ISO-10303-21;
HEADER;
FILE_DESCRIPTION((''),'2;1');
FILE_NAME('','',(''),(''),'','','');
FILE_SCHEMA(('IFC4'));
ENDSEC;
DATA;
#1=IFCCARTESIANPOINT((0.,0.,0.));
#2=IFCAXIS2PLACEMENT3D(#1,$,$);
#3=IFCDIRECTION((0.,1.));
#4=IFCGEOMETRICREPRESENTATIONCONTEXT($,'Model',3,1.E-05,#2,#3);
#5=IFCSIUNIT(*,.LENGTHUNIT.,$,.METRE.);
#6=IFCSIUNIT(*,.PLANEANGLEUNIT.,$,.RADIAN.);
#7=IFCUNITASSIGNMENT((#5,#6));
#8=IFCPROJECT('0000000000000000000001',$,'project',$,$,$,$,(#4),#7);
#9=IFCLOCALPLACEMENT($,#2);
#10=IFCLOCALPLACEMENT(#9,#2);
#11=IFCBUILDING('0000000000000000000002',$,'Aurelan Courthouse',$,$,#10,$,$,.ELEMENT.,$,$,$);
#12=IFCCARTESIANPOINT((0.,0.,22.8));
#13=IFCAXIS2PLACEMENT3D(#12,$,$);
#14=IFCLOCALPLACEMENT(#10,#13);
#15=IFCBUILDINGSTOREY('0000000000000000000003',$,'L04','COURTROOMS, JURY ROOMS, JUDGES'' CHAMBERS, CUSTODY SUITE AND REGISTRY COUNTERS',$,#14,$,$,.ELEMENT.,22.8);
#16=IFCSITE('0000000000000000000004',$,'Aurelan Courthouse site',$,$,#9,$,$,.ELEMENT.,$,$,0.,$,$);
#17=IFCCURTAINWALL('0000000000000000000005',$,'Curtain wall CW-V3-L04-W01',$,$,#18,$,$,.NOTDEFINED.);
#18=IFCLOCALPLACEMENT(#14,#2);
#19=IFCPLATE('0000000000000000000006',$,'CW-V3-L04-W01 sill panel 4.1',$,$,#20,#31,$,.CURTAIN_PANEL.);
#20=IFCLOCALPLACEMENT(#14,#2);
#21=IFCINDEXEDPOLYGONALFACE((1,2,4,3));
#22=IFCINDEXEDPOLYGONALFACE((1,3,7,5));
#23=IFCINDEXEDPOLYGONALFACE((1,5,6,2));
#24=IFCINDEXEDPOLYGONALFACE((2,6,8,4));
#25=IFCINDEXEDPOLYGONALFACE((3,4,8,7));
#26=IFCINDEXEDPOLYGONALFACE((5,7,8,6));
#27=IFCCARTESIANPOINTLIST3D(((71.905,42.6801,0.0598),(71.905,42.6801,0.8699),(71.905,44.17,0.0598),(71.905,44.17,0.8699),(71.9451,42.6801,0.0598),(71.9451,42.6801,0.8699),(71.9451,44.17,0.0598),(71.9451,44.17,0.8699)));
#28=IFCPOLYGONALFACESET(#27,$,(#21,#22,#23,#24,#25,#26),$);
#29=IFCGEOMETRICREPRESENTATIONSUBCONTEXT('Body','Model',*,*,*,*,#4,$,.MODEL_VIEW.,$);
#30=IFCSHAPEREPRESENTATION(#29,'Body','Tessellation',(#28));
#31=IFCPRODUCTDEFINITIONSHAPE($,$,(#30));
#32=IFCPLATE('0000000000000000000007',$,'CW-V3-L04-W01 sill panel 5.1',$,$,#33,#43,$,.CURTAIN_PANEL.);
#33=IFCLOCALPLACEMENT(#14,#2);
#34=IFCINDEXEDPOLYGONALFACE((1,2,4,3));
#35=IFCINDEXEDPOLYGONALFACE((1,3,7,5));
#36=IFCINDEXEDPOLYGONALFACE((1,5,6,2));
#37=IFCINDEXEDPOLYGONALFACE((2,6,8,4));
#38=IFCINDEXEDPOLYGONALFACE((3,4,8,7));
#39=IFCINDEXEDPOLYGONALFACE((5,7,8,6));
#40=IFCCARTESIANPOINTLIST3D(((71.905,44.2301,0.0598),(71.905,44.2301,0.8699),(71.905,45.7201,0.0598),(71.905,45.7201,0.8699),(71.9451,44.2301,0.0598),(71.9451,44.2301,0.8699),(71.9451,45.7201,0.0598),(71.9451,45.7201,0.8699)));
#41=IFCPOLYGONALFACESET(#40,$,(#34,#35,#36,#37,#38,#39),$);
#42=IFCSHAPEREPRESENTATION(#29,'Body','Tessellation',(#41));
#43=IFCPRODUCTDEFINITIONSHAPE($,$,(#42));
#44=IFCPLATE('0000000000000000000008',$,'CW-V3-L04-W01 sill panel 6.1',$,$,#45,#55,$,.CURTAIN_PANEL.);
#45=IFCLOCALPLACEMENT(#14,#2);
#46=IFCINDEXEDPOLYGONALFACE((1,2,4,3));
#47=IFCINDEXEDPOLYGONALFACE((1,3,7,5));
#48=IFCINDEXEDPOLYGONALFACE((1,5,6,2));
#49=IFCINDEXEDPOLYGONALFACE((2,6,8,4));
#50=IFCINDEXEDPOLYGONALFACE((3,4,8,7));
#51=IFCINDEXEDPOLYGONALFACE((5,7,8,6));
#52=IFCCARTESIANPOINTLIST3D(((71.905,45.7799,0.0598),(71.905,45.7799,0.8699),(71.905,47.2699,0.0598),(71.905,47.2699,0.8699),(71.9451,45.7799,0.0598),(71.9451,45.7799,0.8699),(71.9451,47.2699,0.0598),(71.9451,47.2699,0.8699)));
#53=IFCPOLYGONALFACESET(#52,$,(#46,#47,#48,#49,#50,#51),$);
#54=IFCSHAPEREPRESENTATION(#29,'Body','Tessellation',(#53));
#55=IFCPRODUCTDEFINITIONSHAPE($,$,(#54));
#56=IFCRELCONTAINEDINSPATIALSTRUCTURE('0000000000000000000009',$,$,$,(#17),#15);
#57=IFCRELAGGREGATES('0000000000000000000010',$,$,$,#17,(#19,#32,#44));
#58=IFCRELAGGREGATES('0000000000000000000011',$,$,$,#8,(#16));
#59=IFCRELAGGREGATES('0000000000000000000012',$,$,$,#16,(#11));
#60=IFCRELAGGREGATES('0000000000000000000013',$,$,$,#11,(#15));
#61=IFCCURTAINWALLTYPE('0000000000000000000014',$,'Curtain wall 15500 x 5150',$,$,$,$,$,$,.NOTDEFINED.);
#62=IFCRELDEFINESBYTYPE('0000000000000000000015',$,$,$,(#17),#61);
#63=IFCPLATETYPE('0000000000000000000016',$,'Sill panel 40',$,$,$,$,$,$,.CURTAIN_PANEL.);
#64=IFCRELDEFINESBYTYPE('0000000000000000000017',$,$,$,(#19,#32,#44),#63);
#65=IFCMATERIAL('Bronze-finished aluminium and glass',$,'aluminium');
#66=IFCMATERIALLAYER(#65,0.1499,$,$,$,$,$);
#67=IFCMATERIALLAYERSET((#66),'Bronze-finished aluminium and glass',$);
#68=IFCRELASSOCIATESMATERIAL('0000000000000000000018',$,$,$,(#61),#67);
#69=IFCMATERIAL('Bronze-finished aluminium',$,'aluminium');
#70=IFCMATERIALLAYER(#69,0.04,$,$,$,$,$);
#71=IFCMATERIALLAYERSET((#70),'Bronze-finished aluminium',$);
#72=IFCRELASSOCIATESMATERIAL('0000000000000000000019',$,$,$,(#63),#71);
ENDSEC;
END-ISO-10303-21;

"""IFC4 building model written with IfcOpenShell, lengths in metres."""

from ifc_helpers import new_model, si_unit, direction, frame, origin, origin_2d, place, context, subcontext, project, spatial, rectangle, extrude, material, layer, layer_set, type_object, element, aggregate, save


model = new_model("IFC4")

# Units and contexts
model_context = context("Model", 3, precision=1e-05, world=origin(), true_north=direction((0.0, 1.0)))
body_context = subcontext(model_context, "Body", "Model", "MODEL_VIEW")
ifc_project = project(units=[si_unit("LENGTHUNIT", "METRE"), si_unit("PLANEANGLEUNIT", "RADIAN")], contexts=[model_context])

# Site, building, storey
site_placement = place(None, origin())
site = spatial("IfcSite", under=ifc_project, at=site_placement, Name="Aurelan Courthouse site", CompositionType="ELEMENT", RefElevation=0.0)
building_placement = place(site_placement, origin())
building = spatial("IfcBuilding", under=site, at=building_placement, Name="Aurelan Courthouse", CompositionType="ELEMENT")
storey_placement = place(building_placement, frame((0.0, 0.0, 22.8)))
storey = spatial("IfcBuildingStorey", under=building, at=storey_placement, Name="L04", Description="COURTROOMS, JURY ROOMS, JUDGES' CHAMBERS, CUSTODY SUITE AND REGISTRY COUNTERS", CompositionType="ELEMENT", Elevation=22.8)

# Curtain wall, plates
ifc_material_1 = material(Name="Bronze-finished aluminium and glass", Category="aluminium")
ifc_layer_1 = layer(ifc_material_1, 0.1499)
ifc_layer_set_1 = layer_set([ifc_layer_1], Name="Bronze-finished aluminium and glass")
curtain_wall_type = type_object("IfcCurtainWallType", Name="Curtain wall 15500 x 5150", PredefinedType="NOTDEFINED", material=ifc_layer_set_1)
curtain_wall_placement = place(storey_placement, origin())
curtain_wall = element("IfcCurtainWall", 1, at=curtain_wall_placement, inside=storey, type_object=curtain_wall_type, Name="Curtain wall CW-V3-L04-W01", PredefinedType="NOTDEFINED")
ifc_material_2 = material(Name="Bronze-finished aluminium", Category="aluminium")
ifc_layer_2 = layer(ifc_material_2, 0.04)
ifc_layer_set_2 = layer_set([ifc_layer_2], Name="Bronze-finished aluminium")
plate_type = type_object("IfcPlateType", Name="Sill panel 40", PredefinedType="CURTAIN_PANEL", material=ifc_layer_set_2)
plate_1_placement = place(storey_placement, frame((71.925, 43.425, 0.0598), z_axis=(0.0, 0.0, 1.0), x_axis=(0.0, 1.0, 0.0)))
plate_1 = element("IfcPlate", 2, at=plate_1_placement, type_object=plate_type, Name="CW-V3-L04-W01 sill panel 4.1", PredefinedType="CURTAIN_PANEL", context=body_context, shape_type="SweptSolid", body=[
    extrude(rectangle(XDim=1.49, YDim=0.04, at=origin_2d()), origin(), (0.0, 0.0, 1.0), 0.8101),
])
plate_2_placement = place(storey_placement, frame((71.925, 44.9751, 0.0598), z_axis=(0.0, 0.0, 1.0), x_axis=(0.0, 1.0, 0.0)))
plate_2 = element("IfcPlate", 3, at=plate_2_placement, type_object=plate_type, Name="CW-V3-L04-W01 sill panel 5.1", PredefinedType="CURTAIN_PANEL", context=body_context, shape_type="SweptSolid", body=[
    extrude(rectangle(XDim=1.49, YDim=0.04, at=origin_2d()), origin(), (0.0, 0.0, 1.0), 0.8101),
])
plate_3_placement = place(storey_placement, frame((71.925, 46.5249, 0.0598), z_axis=(0.0, 0.0, 1.0), x_axis=(0.0, 1.0, 0.0)))
plate_3 = element("IfcPlate", 4, at=plate_3_placement, type_object=plate_type, Name="CW-V3-L04-W01 sill panel 6.1", PredefinedType="CURTAIN_PANEL", context=body_context, shape_type="SweptSolid", body=[
    extrude(rectangle(XDim=1.49, YDim=0.04, at=origin_2d()), origin(), (0.0, 0.0, 1.0), 0.8101),
])
aggregate(curtain_wall, [plate_1, plate_2, plate_3])

save(model, "model.ifc")
